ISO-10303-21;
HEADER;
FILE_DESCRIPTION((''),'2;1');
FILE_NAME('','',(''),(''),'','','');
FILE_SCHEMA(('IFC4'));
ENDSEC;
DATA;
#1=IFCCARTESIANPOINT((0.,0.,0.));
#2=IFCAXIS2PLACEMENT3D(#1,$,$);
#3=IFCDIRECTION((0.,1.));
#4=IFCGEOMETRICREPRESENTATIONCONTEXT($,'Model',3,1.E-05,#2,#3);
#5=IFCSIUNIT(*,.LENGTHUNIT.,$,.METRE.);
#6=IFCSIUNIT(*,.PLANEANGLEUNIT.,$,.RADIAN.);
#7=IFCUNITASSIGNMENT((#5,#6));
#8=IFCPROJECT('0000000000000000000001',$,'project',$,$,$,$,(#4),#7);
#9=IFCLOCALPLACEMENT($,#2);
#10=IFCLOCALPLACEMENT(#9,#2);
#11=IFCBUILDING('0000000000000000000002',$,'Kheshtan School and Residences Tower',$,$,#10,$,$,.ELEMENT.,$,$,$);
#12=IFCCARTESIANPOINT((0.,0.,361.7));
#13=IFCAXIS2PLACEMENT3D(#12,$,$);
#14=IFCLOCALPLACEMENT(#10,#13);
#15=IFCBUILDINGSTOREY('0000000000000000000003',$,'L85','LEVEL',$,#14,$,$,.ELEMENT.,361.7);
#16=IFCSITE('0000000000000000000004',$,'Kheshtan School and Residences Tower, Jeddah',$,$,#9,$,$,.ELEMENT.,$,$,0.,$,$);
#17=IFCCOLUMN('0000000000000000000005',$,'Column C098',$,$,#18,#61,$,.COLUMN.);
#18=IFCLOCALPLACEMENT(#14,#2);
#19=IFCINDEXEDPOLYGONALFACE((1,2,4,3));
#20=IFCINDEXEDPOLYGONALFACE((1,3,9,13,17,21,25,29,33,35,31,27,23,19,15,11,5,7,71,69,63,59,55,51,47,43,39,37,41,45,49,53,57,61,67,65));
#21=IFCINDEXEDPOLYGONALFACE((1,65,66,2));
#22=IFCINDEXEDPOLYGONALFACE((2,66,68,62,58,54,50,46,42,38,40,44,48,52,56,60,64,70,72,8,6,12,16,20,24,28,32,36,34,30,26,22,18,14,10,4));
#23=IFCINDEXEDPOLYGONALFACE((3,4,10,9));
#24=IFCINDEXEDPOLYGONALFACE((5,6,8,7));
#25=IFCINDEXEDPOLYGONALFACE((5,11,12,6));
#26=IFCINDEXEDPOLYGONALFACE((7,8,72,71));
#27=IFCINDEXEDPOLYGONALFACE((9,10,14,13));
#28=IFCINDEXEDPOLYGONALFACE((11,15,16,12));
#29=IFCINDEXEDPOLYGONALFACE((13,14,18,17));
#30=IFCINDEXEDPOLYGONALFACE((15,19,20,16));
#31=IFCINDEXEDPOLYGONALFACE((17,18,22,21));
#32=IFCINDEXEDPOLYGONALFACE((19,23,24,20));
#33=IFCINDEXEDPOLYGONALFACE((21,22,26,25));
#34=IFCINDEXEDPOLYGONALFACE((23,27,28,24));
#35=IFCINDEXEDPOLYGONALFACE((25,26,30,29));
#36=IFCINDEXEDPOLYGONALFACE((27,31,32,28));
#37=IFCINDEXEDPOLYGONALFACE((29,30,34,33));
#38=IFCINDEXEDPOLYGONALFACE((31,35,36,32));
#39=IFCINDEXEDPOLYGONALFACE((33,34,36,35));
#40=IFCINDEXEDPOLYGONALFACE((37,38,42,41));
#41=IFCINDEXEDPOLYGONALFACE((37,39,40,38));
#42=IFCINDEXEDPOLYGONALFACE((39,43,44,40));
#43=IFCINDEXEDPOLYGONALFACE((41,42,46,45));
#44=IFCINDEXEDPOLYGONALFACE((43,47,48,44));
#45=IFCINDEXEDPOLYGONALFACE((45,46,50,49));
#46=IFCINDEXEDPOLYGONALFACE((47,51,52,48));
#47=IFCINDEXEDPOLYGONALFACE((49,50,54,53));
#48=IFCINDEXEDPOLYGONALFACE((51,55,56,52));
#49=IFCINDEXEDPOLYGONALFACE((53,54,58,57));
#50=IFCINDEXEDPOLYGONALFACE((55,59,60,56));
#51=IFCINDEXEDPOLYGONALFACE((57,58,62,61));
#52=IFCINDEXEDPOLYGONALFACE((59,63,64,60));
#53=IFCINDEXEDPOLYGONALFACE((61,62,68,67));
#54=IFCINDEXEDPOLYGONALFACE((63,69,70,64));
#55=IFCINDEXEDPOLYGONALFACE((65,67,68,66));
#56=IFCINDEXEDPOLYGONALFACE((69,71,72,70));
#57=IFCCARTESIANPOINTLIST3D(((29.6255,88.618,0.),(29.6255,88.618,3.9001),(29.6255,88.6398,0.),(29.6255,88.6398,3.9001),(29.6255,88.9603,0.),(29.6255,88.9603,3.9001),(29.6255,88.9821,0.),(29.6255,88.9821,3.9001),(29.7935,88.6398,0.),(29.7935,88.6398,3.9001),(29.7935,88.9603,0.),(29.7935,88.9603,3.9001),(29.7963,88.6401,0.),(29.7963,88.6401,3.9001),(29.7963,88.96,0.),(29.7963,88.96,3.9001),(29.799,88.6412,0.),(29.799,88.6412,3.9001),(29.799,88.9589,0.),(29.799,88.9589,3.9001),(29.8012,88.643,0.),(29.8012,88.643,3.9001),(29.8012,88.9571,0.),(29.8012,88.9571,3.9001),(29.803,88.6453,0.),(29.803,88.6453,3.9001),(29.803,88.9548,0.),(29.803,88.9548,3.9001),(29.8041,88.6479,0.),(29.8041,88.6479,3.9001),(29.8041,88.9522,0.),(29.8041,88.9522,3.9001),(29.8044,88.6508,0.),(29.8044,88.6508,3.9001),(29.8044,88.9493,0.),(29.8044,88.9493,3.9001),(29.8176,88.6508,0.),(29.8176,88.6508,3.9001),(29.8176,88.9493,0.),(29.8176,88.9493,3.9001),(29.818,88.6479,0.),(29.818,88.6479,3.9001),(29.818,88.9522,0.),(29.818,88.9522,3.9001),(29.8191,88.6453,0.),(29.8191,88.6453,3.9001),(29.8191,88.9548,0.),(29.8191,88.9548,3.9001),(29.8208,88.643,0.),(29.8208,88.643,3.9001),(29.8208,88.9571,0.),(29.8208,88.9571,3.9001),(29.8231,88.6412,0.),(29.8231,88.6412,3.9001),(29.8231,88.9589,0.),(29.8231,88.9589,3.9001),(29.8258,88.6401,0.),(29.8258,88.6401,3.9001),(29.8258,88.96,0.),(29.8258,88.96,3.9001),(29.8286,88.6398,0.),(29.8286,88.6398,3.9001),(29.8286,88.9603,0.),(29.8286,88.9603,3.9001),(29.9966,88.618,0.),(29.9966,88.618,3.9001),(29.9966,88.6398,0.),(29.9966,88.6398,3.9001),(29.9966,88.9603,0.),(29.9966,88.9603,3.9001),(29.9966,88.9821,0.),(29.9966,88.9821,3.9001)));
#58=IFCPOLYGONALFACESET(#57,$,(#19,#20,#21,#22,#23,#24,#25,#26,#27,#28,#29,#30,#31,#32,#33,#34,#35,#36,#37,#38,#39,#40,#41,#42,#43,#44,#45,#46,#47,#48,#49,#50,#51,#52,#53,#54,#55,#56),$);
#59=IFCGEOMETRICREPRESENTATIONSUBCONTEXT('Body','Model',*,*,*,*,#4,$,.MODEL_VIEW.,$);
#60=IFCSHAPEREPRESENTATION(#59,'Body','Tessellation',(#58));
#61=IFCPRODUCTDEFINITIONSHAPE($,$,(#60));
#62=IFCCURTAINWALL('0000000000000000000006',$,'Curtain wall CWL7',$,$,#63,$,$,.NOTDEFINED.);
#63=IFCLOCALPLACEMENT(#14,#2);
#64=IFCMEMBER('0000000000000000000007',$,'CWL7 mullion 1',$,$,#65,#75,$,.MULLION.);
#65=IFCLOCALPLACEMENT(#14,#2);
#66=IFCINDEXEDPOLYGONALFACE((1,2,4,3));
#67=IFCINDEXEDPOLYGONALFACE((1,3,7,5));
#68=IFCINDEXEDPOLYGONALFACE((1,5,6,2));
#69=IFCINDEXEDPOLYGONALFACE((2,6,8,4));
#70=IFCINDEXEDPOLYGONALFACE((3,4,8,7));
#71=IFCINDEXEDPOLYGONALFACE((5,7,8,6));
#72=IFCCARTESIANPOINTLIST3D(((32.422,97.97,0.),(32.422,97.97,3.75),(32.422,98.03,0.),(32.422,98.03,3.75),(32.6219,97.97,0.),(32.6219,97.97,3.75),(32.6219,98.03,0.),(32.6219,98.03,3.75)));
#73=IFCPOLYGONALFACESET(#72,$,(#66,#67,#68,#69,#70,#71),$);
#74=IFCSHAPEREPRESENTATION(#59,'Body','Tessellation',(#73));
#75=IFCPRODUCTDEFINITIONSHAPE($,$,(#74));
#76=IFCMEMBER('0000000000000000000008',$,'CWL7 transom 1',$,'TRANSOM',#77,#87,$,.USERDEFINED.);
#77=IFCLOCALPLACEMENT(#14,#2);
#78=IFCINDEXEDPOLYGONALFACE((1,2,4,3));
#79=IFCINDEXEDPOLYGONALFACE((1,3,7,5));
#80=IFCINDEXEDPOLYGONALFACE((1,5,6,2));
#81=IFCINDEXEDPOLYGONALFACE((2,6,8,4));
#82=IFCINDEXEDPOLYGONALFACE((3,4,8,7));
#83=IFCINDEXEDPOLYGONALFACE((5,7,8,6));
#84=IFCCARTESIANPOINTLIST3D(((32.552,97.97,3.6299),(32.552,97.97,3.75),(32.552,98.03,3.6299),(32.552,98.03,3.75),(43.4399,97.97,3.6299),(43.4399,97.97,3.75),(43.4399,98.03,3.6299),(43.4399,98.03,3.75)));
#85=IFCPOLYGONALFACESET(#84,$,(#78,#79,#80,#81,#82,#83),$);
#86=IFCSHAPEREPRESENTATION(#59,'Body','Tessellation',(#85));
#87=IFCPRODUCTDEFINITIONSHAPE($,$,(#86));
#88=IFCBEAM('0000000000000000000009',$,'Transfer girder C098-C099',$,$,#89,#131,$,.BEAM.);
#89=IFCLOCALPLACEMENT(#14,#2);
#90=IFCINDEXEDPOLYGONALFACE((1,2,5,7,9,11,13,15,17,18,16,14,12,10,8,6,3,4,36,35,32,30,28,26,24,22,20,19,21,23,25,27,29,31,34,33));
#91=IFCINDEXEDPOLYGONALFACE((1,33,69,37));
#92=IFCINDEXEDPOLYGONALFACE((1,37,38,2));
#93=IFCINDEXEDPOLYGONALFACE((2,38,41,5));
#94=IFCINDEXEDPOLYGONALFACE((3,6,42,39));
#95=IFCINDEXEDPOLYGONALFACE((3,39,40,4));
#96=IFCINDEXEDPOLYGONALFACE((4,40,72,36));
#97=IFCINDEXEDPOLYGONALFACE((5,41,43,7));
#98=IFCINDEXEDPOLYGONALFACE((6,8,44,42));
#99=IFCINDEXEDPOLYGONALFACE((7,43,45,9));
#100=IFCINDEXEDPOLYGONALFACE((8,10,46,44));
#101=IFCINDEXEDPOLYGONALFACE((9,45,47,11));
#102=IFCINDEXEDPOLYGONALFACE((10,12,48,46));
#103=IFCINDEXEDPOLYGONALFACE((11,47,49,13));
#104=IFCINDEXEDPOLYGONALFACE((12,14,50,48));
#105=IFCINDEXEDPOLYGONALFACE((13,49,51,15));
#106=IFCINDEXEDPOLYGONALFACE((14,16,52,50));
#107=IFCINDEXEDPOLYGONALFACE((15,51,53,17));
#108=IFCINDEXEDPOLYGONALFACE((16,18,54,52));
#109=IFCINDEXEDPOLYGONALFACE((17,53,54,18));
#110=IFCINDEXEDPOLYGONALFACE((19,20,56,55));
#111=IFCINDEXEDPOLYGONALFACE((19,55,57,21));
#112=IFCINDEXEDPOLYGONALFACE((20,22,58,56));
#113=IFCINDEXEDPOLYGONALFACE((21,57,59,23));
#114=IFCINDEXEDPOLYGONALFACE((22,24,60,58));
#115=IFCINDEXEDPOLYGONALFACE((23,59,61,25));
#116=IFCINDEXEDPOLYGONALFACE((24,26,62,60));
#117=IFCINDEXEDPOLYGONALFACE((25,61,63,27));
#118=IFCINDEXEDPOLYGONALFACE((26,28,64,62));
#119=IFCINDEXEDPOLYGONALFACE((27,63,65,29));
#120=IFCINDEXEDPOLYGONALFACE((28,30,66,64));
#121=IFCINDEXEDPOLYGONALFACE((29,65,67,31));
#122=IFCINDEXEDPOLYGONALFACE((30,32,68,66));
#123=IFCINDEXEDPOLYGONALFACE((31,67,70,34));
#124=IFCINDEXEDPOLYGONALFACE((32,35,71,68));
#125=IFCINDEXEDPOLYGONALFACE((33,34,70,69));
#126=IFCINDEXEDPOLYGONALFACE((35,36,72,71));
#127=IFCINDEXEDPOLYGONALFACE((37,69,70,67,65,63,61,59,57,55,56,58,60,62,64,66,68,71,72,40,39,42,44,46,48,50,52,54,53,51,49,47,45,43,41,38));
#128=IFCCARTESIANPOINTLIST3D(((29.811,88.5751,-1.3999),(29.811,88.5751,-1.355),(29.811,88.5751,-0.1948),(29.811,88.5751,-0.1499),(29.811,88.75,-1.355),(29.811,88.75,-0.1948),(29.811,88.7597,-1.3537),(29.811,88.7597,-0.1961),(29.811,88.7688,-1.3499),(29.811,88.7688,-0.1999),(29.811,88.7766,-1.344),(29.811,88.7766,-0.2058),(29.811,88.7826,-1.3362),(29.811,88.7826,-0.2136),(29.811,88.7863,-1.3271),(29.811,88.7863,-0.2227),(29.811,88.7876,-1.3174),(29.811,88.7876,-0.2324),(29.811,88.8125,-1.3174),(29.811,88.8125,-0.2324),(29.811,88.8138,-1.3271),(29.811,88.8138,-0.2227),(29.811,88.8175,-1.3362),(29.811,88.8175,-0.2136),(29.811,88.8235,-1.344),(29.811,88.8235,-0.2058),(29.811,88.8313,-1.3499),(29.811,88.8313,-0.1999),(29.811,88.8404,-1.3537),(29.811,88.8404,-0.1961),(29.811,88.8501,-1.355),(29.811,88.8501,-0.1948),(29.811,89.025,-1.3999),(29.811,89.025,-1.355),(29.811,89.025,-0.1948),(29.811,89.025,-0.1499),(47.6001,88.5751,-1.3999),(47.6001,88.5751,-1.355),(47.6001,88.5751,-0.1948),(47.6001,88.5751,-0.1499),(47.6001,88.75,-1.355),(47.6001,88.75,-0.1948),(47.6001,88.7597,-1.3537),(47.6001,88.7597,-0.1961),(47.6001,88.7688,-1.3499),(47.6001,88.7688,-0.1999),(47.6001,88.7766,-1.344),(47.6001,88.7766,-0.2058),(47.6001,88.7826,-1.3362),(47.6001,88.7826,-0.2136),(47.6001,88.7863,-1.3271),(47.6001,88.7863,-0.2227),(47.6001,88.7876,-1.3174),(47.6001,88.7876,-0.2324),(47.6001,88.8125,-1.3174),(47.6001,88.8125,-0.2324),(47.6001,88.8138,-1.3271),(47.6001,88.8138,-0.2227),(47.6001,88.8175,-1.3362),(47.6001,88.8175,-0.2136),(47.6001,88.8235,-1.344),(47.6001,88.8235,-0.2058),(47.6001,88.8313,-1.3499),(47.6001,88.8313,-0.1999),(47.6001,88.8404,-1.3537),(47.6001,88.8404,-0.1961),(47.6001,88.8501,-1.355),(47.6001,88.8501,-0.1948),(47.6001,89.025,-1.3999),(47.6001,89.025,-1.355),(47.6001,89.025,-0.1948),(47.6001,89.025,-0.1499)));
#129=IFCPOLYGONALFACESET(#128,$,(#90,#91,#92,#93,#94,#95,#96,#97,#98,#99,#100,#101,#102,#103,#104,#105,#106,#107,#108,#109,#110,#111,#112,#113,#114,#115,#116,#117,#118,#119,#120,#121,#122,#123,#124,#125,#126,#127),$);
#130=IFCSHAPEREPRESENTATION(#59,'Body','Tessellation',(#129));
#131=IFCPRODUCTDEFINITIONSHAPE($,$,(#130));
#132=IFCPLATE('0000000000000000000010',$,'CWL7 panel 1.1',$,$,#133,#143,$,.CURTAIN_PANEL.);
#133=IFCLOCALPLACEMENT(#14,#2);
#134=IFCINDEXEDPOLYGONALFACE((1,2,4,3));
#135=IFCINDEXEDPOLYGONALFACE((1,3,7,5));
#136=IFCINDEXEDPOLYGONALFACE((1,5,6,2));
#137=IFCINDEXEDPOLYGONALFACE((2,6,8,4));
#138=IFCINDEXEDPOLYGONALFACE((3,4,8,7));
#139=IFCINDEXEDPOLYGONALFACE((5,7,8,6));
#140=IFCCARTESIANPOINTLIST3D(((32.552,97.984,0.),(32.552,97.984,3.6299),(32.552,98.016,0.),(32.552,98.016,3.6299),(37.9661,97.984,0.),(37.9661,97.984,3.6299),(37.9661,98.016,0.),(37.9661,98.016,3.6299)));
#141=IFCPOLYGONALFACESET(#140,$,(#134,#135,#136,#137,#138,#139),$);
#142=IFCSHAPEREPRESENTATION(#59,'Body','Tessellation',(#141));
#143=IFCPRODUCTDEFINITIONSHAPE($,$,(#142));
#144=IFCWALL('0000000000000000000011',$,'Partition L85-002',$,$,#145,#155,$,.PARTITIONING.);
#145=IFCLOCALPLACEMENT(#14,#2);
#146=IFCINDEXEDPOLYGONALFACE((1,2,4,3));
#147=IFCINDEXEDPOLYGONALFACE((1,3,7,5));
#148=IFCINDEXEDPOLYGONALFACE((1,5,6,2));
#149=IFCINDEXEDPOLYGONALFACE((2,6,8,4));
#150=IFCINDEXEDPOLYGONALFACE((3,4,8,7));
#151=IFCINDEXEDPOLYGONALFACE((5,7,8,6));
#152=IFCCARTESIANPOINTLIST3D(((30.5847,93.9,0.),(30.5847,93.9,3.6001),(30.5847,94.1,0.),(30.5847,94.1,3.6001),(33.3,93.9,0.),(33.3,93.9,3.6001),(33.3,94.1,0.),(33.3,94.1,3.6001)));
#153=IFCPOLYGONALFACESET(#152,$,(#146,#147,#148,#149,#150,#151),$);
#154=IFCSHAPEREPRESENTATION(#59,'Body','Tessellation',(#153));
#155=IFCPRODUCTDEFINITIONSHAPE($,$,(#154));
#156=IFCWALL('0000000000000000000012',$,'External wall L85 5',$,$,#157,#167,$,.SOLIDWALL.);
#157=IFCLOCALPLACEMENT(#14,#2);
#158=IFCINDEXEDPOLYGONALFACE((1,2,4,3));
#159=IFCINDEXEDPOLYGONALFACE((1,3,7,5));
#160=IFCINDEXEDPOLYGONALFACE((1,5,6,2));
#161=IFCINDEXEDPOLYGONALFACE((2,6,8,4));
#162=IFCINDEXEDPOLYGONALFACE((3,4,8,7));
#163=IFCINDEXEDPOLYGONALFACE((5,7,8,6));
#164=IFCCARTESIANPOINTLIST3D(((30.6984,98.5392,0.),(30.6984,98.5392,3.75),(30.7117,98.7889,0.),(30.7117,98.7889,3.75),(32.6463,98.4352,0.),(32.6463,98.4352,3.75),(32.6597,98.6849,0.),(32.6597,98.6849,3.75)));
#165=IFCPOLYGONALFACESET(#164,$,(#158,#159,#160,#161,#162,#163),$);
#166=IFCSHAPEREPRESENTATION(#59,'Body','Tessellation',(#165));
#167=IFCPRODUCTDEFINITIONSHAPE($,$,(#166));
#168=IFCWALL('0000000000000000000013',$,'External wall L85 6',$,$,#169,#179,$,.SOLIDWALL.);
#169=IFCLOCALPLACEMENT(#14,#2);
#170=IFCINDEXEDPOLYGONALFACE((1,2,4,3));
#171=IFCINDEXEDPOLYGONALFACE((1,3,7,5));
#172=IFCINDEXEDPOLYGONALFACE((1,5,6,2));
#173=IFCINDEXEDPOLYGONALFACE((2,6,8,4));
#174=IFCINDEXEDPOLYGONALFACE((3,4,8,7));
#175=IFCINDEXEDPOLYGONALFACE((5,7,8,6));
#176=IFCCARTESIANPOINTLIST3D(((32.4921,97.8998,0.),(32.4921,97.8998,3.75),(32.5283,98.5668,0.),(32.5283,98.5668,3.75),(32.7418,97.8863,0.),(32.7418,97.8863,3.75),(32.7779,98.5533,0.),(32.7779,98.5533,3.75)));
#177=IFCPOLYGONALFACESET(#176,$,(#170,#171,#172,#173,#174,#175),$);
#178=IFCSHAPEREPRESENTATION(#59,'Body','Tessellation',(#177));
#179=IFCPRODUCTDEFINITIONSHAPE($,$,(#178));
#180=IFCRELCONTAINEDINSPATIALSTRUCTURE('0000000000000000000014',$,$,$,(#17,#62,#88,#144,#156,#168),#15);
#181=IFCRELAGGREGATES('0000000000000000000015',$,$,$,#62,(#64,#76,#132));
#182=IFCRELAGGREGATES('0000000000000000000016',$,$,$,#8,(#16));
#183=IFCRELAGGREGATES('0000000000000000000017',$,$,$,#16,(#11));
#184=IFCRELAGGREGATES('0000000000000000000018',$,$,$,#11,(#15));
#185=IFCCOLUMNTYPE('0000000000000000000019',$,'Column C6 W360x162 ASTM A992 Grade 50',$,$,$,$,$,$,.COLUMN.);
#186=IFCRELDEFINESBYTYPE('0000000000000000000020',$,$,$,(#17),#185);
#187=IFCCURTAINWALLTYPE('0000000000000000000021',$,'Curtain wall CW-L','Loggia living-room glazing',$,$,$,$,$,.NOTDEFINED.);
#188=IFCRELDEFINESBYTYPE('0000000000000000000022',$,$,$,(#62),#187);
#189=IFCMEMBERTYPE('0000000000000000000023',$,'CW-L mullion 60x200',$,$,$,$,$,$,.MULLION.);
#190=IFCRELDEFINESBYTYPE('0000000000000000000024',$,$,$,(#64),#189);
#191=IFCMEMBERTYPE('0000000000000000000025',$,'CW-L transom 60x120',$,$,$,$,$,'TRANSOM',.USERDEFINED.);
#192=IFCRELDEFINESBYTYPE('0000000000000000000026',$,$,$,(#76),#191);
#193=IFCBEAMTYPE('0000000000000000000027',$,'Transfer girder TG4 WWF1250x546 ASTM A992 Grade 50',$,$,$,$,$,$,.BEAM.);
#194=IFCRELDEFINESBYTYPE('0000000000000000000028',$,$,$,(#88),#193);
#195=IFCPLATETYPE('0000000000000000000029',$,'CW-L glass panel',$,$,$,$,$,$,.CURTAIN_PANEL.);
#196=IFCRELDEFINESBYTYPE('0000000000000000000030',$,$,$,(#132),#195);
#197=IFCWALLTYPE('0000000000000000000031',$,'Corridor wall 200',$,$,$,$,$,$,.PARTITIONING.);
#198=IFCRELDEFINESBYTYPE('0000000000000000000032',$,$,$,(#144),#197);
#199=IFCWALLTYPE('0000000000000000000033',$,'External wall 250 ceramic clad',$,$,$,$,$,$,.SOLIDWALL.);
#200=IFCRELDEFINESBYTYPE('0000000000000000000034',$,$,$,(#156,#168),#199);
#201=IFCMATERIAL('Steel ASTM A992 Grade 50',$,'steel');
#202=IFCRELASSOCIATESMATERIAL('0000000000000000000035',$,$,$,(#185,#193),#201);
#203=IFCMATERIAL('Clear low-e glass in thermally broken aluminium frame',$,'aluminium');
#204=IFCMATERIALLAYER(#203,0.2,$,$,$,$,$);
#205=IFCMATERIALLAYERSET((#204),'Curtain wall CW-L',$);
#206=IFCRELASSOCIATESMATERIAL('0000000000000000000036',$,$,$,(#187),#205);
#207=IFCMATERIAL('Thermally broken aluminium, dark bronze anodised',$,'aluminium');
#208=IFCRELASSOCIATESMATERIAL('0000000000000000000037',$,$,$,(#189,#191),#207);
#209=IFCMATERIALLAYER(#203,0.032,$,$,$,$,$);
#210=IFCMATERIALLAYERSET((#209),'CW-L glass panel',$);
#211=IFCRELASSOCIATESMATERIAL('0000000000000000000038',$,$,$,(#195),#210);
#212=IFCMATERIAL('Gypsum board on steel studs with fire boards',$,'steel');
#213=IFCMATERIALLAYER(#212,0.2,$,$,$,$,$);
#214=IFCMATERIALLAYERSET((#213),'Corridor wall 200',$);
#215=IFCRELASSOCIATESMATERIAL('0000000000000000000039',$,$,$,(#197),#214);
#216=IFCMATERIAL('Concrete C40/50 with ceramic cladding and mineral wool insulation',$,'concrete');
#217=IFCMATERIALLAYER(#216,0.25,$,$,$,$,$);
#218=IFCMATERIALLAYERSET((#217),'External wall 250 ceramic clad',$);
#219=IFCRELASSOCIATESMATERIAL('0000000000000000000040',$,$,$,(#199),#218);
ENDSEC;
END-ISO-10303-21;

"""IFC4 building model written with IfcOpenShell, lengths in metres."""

from ifc_helpers import new_model, si_unit, direction, frame, frame_2d, origin, origin_2d, place, context, subcontext, project, spatial, rectangle, i_section, extrude, material, layer, layer_set, material_profile, profile_set, type_object, element, aggregate, save


model = new_model("IFC4")

# Units and contexts
model_context = context("Model", 3, precision=1e-05, world=origin(), true_north=direction((0.0, 1.0)))
body_context = subcontext(model_context, "Body", "Model", "MODEL_VIEW")
ifc_project = project(units=[si_unit("LENGTHUNIT", "METRE"), si_unit("PLANEANGLEUNIT", "RADIAN")], contexts=[model_context])

# Site, building, storey
site_placement = place(None, origin())
site = spatial("IfcSite", under=ifc_project, at=site_placement, Name="Kheshtan School and Residences Tower, Jeddah", CompositionType="ELEMENT", RefElevation=0.0)
building_placement = place(site_placement, origin())
building = spatial("IfcBuilding", under=site, at=building_placement, Name="Kheshtan School and Residences Tower", CompositionType="ELEMENT")
storey_placement = place(building_placement, frame((0.0, 0.0, 361.7)))
storey = spatial("IfcBuildingStorey", under=building, at=storey_placement, Name="L85", Description="LEVEL", CompositionType="ELEMENT", Elevation=361.7)

# Column
ifc_material_1 = material(Name="Steel ASTM A992 Grade 50", Category="steel")
ifc_material_profile_1 = material_profile(ifc_material_1, i_section(OverallWidth=0.3711, OverallDepth=0.364, WebThickness=0.0132, FlangeThickness=0.0217, FilletRadius=0.011, at=origin_2d()), Name="W360x162")
ifc_profile_set_1 = profile_set([ifc_material_profile_1], Name="Steel ASTM A992 Grade 50")
column_type = type_object("IfcColumnType", Name="Column C6 W360x162 ASTM A992 Grade 50", PredefinedType="COLUMN", material=ifc_profile_set_1)
column_placement = place(storey_placement, frame((29.811, 88.8, 0.0), z_axis=(0.0, 0.0, 1.0), x_axis=(1.0, 0.0, 0.0)))
element("IfcColumn", 1, at=column_placement, inside=storey, type_object=column_type, Name="Column C098", PredefinedType="COLUMN", context=body_context, shape_type="SweptSolid", body=[
    extrude(i_section(OverallWidth=0.3711, OverallDepth=0.364, WebThickness=0.0132, FlangeThickness=0.0217, FilletRadius=0.011, at=origin_2d()), origin(), (0.0, 0.0, 1.0), 3.9001),
])

# Curtain wall, members
ifc_material_2 = material(Name="Clear low-e glass in thermally broken aluminium frame", Category="aluminium")
ifc_layer_1 = layer(ifc_material_2, 0.2)
ifc_layer_set_1 = layer_set([ifc_layer_1], Name="Curtain wall CW-L")
curtain_wall_type = type_object("IfcCurtainWallType", Name="Curtain wall CW-L", Description="Loggia living-room glazing", PredefinedType="NOTDEFINED", material=ifc_layer_set_1)
curtain_wall_placement = place(storey_placement, origin())
curtain_wall = element("IfcCurtainWall", 2, at=curtain_wall_placement, inside=storey, type_object=curtain_wall_type, Name="Curtain wall CWL7", PredefinedType="NOTDEFINED")
ifc_material_3 = material(Name="Thermally broken aluminium, dark bronze anodised", Category="aluminium")
ifc_material_profile_2 = material_profile(ifc_material_3, rectangle(XDim=0.0601, YDim=0.2, at=origin_2d()), Name="CW-L mullion 60x200")
ifc_profile_set_2 = profile_set([ifc_material_profile_2], Name="Thermally broken aluminium, dark bronze anodised")
member_type_1 = type_object("IfcMemberType", Name="CW-L mullion 60x200", PredefinedType="MULLION", material=ifc_profile_set_2)
member_1_placement = place(storey_placement, frame((32.522, 98.0, 0.0), z_axis=(0.0, 0.0, 1.0), x_axis=(0.0, 1.0, 0.0)))
member_1 = element("IfcMember", 3, at=member_1_placement, type_object=member_type_1, Name="CWL7 mullion 1", PredefinedType="MULLION", context=body_context, shape_type="SweptSolid", body=[
    extrude(rectangle(XDim=0.0601, YDim=0.2, at=origin_2d()), origin(), (0.0, 0.0, 1.0), 3.75),
])
ifc_material_profile_3 = material_profile(ifc_material_3, rectangle(XDim=0.0601, YDim=0.1201, at=origin_2d()), Name="CW-L transom 60x120")
ifc_profile_set_3 = profile_set([ifc_material_profile_3], Name="Thermally broken aluminium, dark bronze anodised")
member_type_2 = type_object("IfcMemberType", Name="CW-L transom 60x120", ElementType="TRANSOM", PredefinedType="USERDEFINED", material=ifc_profile_set_3)
member_2_placement = place(storey_placement, frame((32.552, 98.0, 3.6899), z_axis=(1.0, 0.0, 0.0), x_axis=(0.0, 1.0, 0.0)))
member_2 = element("IfcMember", 4, at=member_2_placement, type_object=member_type_2, Name="CWL7 transom 1", ObjectType="TRANSOM", PredefinedType="USERDEFINED", context=body_context, shape_type="SweptSolid", body=[
    extrude(rectangle(XDim=0.0601, YDim=0.1201, at=origin_2d()), origin(), (0.0, 0.0, 1.0), 10.8879),
])

# Beam
ifc_material_profile_4 = material_profile(ifc_material_1, i_section(OverallWidth=0.45, OverallDepth=1.25, WebThickness=0.0249, FlangeThickness=0.0449, FilletRadius=0.0376, at=origin_2d()), Name="WWF1250x546")
ifc_profile_set_4 = profile_set([ifc_material_profile_4], Name="Steel ASTM A992 Grade 50")
beam_type = type_object("IfcBeamType", Name="Transfer girder TG4 WWF1250x546 ASTM A992 Grade 50", PredefinedType="BEAM", material=ifc_profile_set_4)
beam_placement = place(storey_placement, frame((29.811, 88.8, -0.7749), z_axis=(1.0, 0.0, 0.0), x_axis=(0.0, 1.0, 0.0)))
element("IfcBeam", 5, at=beam_placement, inside=storey, type_object=beam_type, Name="Transfer girder C098-C099", PredefinedType="BEAM", context=body_context, shape_type="SweptSolid", body=[
    extrude(i_section(OverallWidth=0.45, OverallDepth=1.25, WebThickness=0.0249, FlangeThickness=0.0449, FilletRadius=0.0376, at=origin_2d()), origin(), (0.0, 0.0, 1.0), 17.7891),
])

# Plate
ifc_layer_2 = layer(ifc_material_2, 0.032)
ifc_layer_set_2 = layer_set([ifc_layer_2], Name="CW-L glass panel")
plate_type = type_object("IfcPlateType", Name="CW-L glass panel", PredefinedType="CURTAIN_PANEL", material=ifc_layer_set_2)
plate_placement = place(storey_placement, frame((35.259, 98.0, 0.0), z_axis=(0.0, 0.0, 1.0), x_axis=(1.0, 0.0, 0.0)))
plate = element("IfcPlate", 6, at=plate_placement, type_object=plate_type, Name="CWL7 panel 1.1", PredefinedType="CURTAIN_PANEL", context=body_context, shape_type="SweptSolid", body=[
    extrude(rectangle(XDim=5.4141, YDim=0.032, at=origin_2d()), origin(), (0.0, 0.0, 1.0), 3.6299),
])
aggregate(curtain_wall, [member_1, member_2, plate])

# Walls
ifc_material_4 = material(Name="Gypsum board on steel studs with fire boards", Category="steel")
ifc_layer_3 = layer(ifc_material_4, 0.2)
ifc_layer_set_3 = layer_set([ifc_layer_3], Name="Corridor wall 200")
wall_type_1 = type_object("IfcWallType", Name="Corridor wall 200", PredefinedType="PARTITIONING", material=ifc_layer_set_3)
wall_1_placement = place(storey_placement, frame((30.5847, 94.0, 0.0), z_axis=(0.0, 0.0, 1.0), x_axis=(1.0, 0.0, 0.0)))
element("IfcWall", 7, at=wall_1_placement, inside=storey, type_object=wall_type_1, Name="Partition L85-002", PredefinedType="PARTITIONING", context=body_context, shape_type="SweptSolid", body=[
    extrude(rectangle(XDim=2.7153, YDim=0.2, at=frame_2d((1.3577, 0.0))), origin(), (0.0, 0.0, 1.0), 3.6001),
])
ifc_material_5 = material(Name="Concrete C40/50 with ceramic cladding and mineral wool insulation", Category="concrete")
ifc_layer_4 = layer(ifc_material_5, 0.25)
ifc_layer_set_4 = layer_set([ifc_layer_4], Name="External wall 250 ceramic clad")
wall_type_2 = type_object("IfcWallType", Name="External wall 250 ceramic clad", PredefinedType="SOLIDWALL", material=ifc_layer_set_4)
wall_2_placement = place(storey_placement, frame((30.7051, 98.6641, 0.0), z_axis=(0.0, 0.0, 1.0), x_axis=(0.998578, -0.053314, 0.0)))
element("IfcWall", 8, at=wall_2_placement, inside=storey, type_object=wall_type_2, Name="External wall L85 5", PredefinedType="SOLIDWALL", context=body_context, shape_type="SweptSolid", body=[
    extrude(rectangle(XDim=1.9507, YDim=0.25, at=frame_2d((0.9753, 0.0))), origin(), (0.0, 0.0, 1.0), 3.75),
])
wall_3_placement = place(storey_placement, frame((32.6531, 98.5601, 0.0), z_axis=(0.0, 0.0, 1.0), x_axis=(-0.054093, -0.998536, 0.0)))
element("IfcWall", 9, at=wall_3_placement, inside=storey, type_object=wall_type_2, Name="External wall L85 6", PredefinedType="SOLIDWALL", context=body_context, shape_type="SweptSolid", body=[
    extrude(rectangle(XDim=0.668, YDim=0.25, at=frame_2d((0.334, 0.0))), origin(), (0.0, 0.0, 1.0), 3.75),
])

save(model, "model.ifc")
